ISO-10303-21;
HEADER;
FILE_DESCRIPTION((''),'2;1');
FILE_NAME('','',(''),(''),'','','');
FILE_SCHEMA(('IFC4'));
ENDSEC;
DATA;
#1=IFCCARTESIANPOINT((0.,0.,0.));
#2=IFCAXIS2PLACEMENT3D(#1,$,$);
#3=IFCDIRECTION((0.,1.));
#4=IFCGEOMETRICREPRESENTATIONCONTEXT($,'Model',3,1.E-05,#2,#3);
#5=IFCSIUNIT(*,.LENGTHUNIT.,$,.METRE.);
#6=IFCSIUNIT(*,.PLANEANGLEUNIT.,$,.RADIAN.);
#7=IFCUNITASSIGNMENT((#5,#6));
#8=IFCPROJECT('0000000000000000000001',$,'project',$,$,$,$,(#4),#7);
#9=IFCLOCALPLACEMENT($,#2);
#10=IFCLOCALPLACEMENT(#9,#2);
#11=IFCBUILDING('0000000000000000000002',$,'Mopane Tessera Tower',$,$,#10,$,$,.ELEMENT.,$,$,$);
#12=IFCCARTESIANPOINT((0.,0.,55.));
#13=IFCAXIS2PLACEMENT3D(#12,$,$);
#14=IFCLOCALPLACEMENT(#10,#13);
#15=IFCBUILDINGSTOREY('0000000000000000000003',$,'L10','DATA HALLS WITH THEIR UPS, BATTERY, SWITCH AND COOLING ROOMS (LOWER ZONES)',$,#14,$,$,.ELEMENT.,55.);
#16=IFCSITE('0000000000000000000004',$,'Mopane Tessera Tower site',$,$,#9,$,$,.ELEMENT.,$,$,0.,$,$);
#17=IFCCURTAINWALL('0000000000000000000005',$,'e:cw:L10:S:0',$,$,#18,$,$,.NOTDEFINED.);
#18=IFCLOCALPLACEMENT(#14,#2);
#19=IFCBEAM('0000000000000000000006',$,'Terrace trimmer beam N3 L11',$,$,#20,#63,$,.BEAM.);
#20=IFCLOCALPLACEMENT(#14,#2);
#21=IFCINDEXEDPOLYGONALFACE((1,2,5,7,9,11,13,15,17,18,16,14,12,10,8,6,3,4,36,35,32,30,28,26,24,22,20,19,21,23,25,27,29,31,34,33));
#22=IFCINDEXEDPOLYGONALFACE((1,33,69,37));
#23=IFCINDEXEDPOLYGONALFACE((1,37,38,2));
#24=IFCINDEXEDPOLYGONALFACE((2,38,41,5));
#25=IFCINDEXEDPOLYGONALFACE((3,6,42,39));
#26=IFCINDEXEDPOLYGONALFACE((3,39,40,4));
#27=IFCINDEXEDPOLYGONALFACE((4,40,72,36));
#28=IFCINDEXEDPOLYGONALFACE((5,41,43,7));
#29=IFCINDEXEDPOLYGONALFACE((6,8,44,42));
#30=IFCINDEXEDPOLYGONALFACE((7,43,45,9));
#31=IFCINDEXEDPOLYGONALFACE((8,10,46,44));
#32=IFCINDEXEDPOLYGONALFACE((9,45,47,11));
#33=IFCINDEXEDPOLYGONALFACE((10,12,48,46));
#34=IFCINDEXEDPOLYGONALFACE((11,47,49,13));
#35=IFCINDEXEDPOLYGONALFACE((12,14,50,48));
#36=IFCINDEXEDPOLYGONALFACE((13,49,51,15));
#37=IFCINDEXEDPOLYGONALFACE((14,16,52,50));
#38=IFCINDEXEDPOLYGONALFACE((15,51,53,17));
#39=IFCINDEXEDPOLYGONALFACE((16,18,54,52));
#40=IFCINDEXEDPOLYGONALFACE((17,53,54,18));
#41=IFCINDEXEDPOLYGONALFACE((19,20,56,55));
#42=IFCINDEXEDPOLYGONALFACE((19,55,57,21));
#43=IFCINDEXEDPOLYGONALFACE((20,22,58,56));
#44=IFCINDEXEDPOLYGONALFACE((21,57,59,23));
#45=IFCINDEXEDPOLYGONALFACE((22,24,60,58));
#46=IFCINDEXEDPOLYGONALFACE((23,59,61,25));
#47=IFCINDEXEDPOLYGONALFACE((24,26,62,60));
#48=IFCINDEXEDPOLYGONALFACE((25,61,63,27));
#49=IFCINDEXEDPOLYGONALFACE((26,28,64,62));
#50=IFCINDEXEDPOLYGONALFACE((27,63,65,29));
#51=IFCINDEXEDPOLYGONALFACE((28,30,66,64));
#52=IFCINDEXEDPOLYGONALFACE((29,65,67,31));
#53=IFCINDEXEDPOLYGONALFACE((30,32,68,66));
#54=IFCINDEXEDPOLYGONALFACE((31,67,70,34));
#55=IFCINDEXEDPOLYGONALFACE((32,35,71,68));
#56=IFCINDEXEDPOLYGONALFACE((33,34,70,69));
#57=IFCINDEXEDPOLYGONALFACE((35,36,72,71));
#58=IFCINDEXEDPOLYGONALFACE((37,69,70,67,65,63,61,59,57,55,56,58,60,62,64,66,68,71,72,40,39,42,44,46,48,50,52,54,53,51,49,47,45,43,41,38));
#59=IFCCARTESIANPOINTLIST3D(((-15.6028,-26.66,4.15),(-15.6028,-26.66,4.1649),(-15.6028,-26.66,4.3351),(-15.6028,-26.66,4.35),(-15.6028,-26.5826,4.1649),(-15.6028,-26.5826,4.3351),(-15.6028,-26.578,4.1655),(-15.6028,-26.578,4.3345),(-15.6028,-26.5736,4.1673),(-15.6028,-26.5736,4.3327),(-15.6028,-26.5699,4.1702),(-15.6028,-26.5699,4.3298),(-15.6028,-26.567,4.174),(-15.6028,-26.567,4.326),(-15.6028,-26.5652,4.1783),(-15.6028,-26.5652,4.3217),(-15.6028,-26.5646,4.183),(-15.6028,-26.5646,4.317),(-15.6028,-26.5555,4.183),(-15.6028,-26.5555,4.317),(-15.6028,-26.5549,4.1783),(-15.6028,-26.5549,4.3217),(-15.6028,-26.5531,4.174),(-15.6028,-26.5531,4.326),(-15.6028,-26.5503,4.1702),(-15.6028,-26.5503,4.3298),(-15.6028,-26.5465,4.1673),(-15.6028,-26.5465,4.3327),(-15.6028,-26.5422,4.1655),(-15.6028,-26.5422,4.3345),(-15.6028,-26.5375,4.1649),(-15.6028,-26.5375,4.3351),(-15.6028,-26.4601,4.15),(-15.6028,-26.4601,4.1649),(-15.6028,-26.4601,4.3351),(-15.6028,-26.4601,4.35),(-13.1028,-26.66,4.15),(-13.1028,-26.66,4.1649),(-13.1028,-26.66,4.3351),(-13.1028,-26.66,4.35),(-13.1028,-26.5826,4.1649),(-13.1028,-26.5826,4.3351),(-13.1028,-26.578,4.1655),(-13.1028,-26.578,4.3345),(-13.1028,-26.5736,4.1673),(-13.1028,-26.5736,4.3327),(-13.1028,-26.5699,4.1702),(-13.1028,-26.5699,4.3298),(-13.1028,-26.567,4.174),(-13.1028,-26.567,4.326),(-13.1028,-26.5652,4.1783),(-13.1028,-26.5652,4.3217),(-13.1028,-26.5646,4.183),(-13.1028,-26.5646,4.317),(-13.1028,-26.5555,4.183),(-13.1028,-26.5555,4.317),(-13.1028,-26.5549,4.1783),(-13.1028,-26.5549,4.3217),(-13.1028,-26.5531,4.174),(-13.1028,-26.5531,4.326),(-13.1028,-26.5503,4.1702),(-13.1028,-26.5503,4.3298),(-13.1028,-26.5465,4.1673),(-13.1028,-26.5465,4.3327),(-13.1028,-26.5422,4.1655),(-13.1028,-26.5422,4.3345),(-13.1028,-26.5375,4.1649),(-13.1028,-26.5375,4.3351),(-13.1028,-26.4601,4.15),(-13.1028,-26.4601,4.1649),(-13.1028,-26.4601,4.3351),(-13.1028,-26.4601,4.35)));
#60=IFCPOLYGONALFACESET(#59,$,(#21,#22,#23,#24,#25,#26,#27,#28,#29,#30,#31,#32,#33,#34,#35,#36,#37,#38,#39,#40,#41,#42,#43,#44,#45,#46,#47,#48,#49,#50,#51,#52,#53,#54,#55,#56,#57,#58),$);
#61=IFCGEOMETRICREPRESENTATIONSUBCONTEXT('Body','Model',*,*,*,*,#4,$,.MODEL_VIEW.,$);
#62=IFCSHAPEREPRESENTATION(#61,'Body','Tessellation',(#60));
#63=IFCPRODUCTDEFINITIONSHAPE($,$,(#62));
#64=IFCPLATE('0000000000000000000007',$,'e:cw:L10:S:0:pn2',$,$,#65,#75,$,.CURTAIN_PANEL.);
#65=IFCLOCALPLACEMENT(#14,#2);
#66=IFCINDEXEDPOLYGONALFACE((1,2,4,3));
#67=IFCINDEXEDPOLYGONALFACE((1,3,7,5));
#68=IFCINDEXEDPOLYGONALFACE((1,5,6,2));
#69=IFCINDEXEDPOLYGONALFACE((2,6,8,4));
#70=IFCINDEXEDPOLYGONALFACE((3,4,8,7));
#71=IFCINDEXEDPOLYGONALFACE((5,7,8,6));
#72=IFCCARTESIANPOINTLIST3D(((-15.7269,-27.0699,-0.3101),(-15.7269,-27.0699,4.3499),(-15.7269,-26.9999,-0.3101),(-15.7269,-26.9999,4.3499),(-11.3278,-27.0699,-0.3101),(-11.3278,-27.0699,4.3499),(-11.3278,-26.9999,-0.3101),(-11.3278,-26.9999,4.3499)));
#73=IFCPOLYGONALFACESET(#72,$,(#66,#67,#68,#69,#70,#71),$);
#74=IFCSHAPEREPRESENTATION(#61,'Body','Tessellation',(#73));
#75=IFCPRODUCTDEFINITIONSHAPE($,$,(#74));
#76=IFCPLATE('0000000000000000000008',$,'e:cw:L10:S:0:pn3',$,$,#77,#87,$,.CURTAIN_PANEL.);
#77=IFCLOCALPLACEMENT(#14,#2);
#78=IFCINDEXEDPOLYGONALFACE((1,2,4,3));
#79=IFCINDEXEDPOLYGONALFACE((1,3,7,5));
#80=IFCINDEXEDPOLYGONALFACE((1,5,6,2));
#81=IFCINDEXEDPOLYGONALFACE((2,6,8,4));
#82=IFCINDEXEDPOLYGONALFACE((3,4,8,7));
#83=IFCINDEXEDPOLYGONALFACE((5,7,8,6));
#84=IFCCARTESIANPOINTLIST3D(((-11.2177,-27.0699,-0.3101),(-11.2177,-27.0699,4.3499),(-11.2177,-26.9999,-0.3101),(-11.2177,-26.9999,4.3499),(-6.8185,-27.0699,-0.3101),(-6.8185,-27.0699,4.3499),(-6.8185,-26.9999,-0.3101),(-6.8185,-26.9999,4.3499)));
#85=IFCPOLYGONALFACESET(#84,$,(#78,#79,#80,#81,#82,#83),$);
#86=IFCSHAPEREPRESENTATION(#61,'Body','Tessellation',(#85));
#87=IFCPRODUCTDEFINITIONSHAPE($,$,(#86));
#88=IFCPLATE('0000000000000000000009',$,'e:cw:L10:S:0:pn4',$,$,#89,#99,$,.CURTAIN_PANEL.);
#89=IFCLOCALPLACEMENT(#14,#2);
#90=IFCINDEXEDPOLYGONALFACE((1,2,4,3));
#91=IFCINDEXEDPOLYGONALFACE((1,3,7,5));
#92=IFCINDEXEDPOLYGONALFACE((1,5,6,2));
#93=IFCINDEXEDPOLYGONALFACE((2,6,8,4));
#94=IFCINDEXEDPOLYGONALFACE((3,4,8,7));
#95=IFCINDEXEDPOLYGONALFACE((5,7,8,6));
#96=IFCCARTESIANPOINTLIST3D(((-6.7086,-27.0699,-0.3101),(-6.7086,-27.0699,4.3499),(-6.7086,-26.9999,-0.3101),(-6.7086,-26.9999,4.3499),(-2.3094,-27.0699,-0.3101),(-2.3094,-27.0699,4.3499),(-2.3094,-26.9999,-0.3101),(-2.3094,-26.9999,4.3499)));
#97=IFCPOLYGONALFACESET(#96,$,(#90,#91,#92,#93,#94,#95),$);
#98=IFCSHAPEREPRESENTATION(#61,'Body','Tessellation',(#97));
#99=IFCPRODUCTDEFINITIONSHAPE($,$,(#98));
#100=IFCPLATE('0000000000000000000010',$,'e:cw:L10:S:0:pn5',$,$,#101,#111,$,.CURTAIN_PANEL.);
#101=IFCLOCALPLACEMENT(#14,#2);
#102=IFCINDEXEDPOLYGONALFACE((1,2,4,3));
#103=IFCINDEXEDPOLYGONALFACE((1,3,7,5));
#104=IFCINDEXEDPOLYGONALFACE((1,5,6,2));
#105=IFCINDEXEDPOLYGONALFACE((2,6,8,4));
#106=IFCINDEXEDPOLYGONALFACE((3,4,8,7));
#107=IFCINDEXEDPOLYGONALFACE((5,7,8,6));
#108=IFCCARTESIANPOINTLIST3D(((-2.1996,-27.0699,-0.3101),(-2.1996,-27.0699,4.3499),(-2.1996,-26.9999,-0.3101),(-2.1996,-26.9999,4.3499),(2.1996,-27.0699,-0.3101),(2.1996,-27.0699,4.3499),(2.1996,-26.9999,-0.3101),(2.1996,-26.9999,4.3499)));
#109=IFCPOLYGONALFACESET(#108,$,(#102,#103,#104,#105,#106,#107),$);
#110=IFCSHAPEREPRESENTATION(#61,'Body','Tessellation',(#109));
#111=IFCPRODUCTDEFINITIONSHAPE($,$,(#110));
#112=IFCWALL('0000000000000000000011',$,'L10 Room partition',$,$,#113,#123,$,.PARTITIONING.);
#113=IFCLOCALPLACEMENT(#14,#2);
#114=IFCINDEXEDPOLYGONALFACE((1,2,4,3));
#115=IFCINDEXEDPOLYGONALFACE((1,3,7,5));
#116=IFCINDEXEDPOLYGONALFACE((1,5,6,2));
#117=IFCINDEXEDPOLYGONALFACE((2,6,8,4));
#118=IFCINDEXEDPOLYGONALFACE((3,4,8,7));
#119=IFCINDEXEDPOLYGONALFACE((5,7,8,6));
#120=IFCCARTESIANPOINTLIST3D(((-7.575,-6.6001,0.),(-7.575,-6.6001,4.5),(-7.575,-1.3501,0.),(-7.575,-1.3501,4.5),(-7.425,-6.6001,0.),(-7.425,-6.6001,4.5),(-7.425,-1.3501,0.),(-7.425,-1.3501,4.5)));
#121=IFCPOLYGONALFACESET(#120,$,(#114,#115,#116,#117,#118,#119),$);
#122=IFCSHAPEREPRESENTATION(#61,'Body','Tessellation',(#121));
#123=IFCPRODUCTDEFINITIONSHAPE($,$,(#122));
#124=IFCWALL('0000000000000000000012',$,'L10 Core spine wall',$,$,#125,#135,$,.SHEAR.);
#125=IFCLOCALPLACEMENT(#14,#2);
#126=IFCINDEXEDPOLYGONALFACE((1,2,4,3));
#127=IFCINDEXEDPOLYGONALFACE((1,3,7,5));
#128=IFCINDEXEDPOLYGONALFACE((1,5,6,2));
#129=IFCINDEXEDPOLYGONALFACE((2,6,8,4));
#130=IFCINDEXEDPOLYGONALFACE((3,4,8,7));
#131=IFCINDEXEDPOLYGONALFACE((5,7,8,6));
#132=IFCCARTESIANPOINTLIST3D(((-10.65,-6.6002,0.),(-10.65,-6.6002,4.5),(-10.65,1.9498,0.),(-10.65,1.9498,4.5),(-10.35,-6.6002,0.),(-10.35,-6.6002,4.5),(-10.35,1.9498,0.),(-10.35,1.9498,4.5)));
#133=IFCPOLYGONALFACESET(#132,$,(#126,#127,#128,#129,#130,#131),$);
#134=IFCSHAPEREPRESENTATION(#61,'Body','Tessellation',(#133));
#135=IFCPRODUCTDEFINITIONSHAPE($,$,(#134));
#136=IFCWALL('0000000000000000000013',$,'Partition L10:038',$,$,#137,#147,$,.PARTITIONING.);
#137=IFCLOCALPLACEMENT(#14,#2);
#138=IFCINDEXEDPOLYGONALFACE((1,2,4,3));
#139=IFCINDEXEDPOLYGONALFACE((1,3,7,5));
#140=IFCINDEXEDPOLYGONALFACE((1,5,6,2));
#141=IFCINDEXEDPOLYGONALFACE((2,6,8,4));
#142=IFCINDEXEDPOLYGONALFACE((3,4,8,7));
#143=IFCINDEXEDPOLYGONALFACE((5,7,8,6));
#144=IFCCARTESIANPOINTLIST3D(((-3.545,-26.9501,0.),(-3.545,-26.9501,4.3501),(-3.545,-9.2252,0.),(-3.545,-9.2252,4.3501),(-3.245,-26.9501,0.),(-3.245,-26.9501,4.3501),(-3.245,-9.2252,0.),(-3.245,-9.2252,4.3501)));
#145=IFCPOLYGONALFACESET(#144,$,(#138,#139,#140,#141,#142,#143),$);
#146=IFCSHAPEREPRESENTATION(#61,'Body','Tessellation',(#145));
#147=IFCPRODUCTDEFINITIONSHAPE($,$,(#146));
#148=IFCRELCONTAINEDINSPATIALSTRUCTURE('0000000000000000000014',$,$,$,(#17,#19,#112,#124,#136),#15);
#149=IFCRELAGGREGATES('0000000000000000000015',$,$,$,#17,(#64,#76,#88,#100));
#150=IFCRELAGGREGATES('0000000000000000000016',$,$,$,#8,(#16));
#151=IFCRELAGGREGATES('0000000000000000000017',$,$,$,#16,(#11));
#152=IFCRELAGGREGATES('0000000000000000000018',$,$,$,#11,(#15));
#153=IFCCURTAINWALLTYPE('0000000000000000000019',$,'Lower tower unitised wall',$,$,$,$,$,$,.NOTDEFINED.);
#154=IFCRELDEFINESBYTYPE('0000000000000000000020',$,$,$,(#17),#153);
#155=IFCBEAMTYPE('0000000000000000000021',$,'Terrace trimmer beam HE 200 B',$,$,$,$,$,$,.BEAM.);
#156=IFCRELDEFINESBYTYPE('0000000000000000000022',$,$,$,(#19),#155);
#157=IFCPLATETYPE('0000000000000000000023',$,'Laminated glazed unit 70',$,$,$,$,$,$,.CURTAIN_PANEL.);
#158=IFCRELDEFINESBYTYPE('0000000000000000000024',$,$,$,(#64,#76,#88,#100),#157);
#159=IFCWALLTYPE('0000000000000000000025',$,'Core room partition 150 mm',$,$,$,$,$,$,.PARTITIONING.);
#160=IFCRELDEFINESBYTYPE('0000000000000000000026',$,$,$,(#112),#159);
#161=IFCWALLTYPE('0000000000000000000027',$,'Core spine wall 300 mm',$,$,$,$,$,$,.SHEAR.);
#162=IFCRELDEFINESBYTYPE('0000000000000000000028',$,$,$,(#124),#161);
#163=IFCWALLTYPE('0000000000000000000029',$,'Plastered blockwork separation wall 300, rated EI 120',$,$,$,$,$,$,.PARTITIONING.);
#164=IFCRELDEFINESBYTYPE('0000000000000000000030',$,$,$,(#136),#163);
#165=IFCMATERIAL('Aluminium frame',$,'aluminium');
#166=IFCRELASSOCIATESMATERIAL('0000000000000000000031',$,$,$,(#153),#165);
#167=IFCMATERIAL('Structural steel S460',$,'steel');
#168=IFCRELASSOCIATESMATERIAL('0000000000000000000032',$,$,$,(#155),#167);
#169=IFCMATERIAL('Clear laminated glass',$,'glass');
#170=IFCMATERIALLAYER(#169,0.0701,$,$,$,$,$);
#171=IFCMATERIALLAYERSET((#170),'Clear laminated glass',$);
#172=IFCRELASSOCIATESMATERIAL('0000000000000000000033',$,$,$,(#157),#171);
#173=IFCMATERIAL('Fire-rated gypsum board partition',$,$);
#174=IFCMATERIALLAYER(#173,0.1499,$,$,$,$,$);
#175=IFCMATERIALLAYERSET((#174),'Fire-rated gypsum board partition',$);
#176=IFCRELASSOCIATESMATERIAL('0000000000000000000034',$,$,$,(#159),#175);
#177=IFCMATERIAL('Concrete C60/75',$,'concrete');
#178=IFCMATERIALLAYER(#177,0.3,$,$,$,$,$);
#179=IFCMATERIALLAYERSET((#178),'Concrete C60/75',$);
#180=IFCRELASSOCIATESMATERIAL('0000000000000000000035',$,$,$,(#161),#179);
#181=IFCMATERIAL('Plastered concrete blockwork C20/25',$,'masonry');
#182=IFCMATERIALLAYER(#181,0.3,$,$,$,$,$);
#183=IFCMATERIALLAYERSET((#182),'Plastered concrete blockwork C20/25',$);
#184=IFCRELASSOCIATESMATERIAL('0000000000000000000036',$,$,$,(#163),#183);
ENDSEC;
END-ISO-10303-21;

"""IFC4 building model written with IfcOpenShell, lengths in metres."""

from ifc_helpers import new_model, si_unit, direction, frame, frame_2d, origin, origin_2d, place, context, subcontext, project, spatial, rectangle, i_section, extrude, material, layer, layer_set, material_profile, profile_set, type_object, element, aggregate, save


model = new_model("IFC4")

# Units and contexts
model_context = context("Model", 3, precision=1e-05, world=origin(), true_north=direction((0.0, 1.0)))
body_context = subcontext(model_context, "Body", "Model", "MODEL_VIEW")
ifc_project = project(units=[si_unit("LENGTHUNIT", "METRE"), si_unit("PLANEANGLEUNIT", "RADIAN")], contexts=[model_context])

# Site, building, storey
site_placement = place(None, origin())
site = spatial("IfcSite", under=ifc_project, at=site_placement, Name="Mopane Tessera Tower site", CompositionType="ELEMENT", RefElevation=0.0)
building_placement = place(site_placement, origin())
building = spatial("IfcBuilding", under=site, at=building_placement, Name="Mopane Tessera Tower", CompositionType="ELEMENT")
storey_placement = place(building_placement, frame((0.0, 0.0, 55.0)))
storey = spatial("IfcBuildingStorey", under=building, at=storey_placement, Name="L10", Description="DATA HALLS WITH THEIR UPS, BATTERY, SWITCH AND COOLING ROOMS (LOWER ZONES)", CompositionType="ELEMENT", Elevation=55.0)

# Curtain wall
ifc_material_1 = material(Name="Aluminium frame", Category="aluminium")
curtain_wall_type = type_object("IfcCurtainWallType", Name="Lower tower unitised wall", PredefinedType="NOTDEFINED", material=ifc_material_1)
curtain_wall_placement = place(storey_placement, origin())
curtain_wall = element("IfcCurtainWall", 1, at=curtain_wall_placement, inside=storey, type_object=curtain_wall_type, Name="e:cw:L10:S:0", PredefinedType="NOTDEFINED")

# Beam
ifc_material_2 = material(Name="Structural steel S460", Category="steel")
ifc_material_profile_1 = material_profile(ifc_material_2, i_section(OverallWidth=0.2, OverallDepth=0.2, WebThickness=0.009, FlangeThickness=0.0149, FilletRadius=0.0181, at=origin_2d()))
ifc_profile_set_1 = profile_set([ifc_material_profile_1], Name="Structural steel S460")
beam_type_1 = type_object("IfcBeamType", Name="Terrace trimmer beam HE 200 B", PredefinedType="BEAM", material=ifc_profile_set_1)
beam_1_placement = place(storey_placement, frame((-13.1028, -26.5601, 4.25), z_axis=(-1.0, 0.0, 0.0), x_axis=(0.0, -1.0, 0.0)))
element("IfcBeam", 2, at=beam_1_placement, inside=storey, type_object=beam_type_1, Name="Terrace trimmer beam N3 L11", PredefinedType="BEAM", context=body_context, shape_type="SweptSolid", body=[
    extrude(i_section(OverallWidth=0.2, OverallDepth=0.2, WebThickness=0.009, FlangeThickness=0.0149, FilletRadius=0.0181, at=origin_2d()), origin(), (0.0, 0.0, 1.0), 2.5),
])

# Plates
ifc_material_3 = material(Name="Clear laminated glass", Category="glass")
ifc_layer_1 = layer(ifc_material_3, 0.0701)
ifc_layer_set_1 = layer_set([ifc_layer_1], Name="Clear laminated glass")
plate_type = type_object("IfcPlateType", Name="Laminated glazed unit 70", PredefinedType="CURTAIN_PANEL", material=ifc_layer_set_1)
plate_1_placement = place(storey_placement, frame((-13.5273, -27.0349, -0.3101), z_axis=(0.0, 0.0, 1.0), x_axis=(1.0, 0.0, 0.0)))
plate_1 = element("IfcPlate", 3, at=plate_1_placement, type_object=plate_type, Name="e:cw:L10:S:0:pn2", PredefinedType="CURTAIN_PANEL", context=body_context, shape_type="SweptSolid", body=[
    extrude(rectangle(XDim=4.3992, YDim=0.0701, at=origin_2d()), origin(), (0.0, 0.0, 1.0), 4.6599),
])
plate_2_placement = place(storey_placement, frame((-9.0181, -27.0349, -0.3101), z_axis=(0.0, 0.0, 1.0), x_axis=(1.0, 0.0, 0.0)))
plate_2 = element("IfcPlate", 4, at=plate_2_placement, type_object=plate_type, Name="e:cw:L10:S:0:pn3", PredefinedType="CURTAIN_PANEL", context=body_context, shape_type="SweptSolid", body=[
    extrude(rectangle(XDim=4.3992, YDim=0.0701, at=origin_2d()), origin(), (0.0, 0.0, 1.0), 4.6599),
])
plate_3_placement = place(storey_placement, frame((-4.509, -27.0349, -0.3101), z_axis=(0.0, 0.0, 1.0), x_axis=(1.0, 0.0, 0.0)))
plate_3 = element("IfcPlate", 5, at=plate_3_placement, type_object=plate_type, Name="e:cw:L10:S:0:pn4", PredefinedType="CURTAIN_PANEL", context=body_context, shape_type="SweptSolid", body=[
    extrude(rectangle(XDim=4.3992, YDim=0.0701, at=origin_2d()), origin(), (0.0, 0.0, 1.0), 4.6599),
])
plate_4_placement = place(storey_placement, frame((0.0, -27.0349, -0.3101), z_axis=(0.0, 0.0, 1.0), x_axis=(1.0, 0.0, 0.0)))
plate_4 = element("IfcPlate", 6, at=plate_4_placement, type_object=plate_type, Name="e:cw:L10:S:0:pn5", PredefinedType="CURTAIN_PANEL", context=body_context, shape_type="SweptSolid", body=[
    extrude(rectangle(XDim=4.3992, YDim=0.0701, at=origin_2d()), origin(), (0.0, 0.0, 1.0), 4.6599),
])
aggregate(curtain_wall, [plate_1, plate_2, plate_3, plate_4])

# Walls
ifc_material_4 = material(Name="Fire-rated gypsum board partition")
ifc_layer_2 = layer(ifc_material_4, 0.1499)
ifc_layer_set_2 = layer_set([ifc_layer_2], Name="Fire-rated gypsum board partition")
wall_type_1 = type_object("IfcWallType", Name="Core room partition 150 mm", PredefinedType="PARTITIONING", material=ifc_layer_set_2)
wall_1_placement = place(storey_placement, frame((-7.5, -6.6001, 0.0), z_axis=(0.0, 0.0, 1.0), x_axis=(0.0, 1.0, 0.0)))
element("IfcWall", 7, at=wall_1_placement, inside=storey, type_object=wall_type_1, Name="L10 Room partition", PredefinedType="PARTITIONING", context=body_context, shape_type="SweptSolid", body=[
    extrude(rectangle(XDim=5.25, YDim=0.1499, at=frame_2d((2.625, 0.0))), origin(), (0.0, 0.0, 1.0), 4.5),
])
ifc_material_5 = material(Name="Concrete C60/75", Category="concrete")
ifc_layer_3 = layer(ifc_material_5, 0.3)
ifc_layer_set_3 = layer_set([ifc_layer_3], Name="Concrete C60/75")
wall_type_2 = type_object("IfcWallType", Name="Core spine wall 300 mm", PredefinedType="SHEAR", material=ifc_layer_set_3)
wall_2_placement = place(storey_placement, frame((-10.5, -6.6001, 0.0), z_axis=(0.0, 0.0, 1.0), x_axis=(0.0, 1.0, 0.0)))
element("IfcWall", 8, at=wall_2_placement, inside=storey, type_object=wall_type_2, Name="L10 Core spine wall", PredefinedType="SHEAR", context=body_context, shape_type="SweptSolid", body=[
    extrude(rectangle(XDim=8.55, YDim=0.3, at=frame_2d((4.2749, 0.0))), origin(), (0.0, 0.0, 1.0), 4.5),
])
ifc_material_6 = material(Name="Plastered concrete blockwork C20/25", Category="masonry")
ifc_layer_4 = layer(ifc_material_6, 0.3)
ifc_layer_set_4 = layer_set([ifc_layer_4], Name="Plastered concrete blockwork C20/25")
wall_type_3 = type_object("IfcWallType", Name="Plastered blockwork separation wall 300, rated EI 120", PredefinedType="PARTITIONING", material=ifc_layer_set_4)
wall_3_placement = place(storey_placement, frame((-3.395, -26.95, 0.0), z_axis=(0.0, 0.0, 1.0), x_axis=(0.0, 1.0, 0.0)))
element("IfcWall", 9, at=wall_3_placement, inside=storey, type_object=wall_type_3, Name="Partition L10:038", PredefinedType="PARTITIONING", context=body_context, shape_type="SweptSolid", body=[
    extrude(rectangle(XDim=17.7249, YDim=0.3, at=frame_2d((8.8623, 0.0))), origin(), (0.0, 0.0, 1.0), 4.3501),
])

save(model, "model.ifc")
